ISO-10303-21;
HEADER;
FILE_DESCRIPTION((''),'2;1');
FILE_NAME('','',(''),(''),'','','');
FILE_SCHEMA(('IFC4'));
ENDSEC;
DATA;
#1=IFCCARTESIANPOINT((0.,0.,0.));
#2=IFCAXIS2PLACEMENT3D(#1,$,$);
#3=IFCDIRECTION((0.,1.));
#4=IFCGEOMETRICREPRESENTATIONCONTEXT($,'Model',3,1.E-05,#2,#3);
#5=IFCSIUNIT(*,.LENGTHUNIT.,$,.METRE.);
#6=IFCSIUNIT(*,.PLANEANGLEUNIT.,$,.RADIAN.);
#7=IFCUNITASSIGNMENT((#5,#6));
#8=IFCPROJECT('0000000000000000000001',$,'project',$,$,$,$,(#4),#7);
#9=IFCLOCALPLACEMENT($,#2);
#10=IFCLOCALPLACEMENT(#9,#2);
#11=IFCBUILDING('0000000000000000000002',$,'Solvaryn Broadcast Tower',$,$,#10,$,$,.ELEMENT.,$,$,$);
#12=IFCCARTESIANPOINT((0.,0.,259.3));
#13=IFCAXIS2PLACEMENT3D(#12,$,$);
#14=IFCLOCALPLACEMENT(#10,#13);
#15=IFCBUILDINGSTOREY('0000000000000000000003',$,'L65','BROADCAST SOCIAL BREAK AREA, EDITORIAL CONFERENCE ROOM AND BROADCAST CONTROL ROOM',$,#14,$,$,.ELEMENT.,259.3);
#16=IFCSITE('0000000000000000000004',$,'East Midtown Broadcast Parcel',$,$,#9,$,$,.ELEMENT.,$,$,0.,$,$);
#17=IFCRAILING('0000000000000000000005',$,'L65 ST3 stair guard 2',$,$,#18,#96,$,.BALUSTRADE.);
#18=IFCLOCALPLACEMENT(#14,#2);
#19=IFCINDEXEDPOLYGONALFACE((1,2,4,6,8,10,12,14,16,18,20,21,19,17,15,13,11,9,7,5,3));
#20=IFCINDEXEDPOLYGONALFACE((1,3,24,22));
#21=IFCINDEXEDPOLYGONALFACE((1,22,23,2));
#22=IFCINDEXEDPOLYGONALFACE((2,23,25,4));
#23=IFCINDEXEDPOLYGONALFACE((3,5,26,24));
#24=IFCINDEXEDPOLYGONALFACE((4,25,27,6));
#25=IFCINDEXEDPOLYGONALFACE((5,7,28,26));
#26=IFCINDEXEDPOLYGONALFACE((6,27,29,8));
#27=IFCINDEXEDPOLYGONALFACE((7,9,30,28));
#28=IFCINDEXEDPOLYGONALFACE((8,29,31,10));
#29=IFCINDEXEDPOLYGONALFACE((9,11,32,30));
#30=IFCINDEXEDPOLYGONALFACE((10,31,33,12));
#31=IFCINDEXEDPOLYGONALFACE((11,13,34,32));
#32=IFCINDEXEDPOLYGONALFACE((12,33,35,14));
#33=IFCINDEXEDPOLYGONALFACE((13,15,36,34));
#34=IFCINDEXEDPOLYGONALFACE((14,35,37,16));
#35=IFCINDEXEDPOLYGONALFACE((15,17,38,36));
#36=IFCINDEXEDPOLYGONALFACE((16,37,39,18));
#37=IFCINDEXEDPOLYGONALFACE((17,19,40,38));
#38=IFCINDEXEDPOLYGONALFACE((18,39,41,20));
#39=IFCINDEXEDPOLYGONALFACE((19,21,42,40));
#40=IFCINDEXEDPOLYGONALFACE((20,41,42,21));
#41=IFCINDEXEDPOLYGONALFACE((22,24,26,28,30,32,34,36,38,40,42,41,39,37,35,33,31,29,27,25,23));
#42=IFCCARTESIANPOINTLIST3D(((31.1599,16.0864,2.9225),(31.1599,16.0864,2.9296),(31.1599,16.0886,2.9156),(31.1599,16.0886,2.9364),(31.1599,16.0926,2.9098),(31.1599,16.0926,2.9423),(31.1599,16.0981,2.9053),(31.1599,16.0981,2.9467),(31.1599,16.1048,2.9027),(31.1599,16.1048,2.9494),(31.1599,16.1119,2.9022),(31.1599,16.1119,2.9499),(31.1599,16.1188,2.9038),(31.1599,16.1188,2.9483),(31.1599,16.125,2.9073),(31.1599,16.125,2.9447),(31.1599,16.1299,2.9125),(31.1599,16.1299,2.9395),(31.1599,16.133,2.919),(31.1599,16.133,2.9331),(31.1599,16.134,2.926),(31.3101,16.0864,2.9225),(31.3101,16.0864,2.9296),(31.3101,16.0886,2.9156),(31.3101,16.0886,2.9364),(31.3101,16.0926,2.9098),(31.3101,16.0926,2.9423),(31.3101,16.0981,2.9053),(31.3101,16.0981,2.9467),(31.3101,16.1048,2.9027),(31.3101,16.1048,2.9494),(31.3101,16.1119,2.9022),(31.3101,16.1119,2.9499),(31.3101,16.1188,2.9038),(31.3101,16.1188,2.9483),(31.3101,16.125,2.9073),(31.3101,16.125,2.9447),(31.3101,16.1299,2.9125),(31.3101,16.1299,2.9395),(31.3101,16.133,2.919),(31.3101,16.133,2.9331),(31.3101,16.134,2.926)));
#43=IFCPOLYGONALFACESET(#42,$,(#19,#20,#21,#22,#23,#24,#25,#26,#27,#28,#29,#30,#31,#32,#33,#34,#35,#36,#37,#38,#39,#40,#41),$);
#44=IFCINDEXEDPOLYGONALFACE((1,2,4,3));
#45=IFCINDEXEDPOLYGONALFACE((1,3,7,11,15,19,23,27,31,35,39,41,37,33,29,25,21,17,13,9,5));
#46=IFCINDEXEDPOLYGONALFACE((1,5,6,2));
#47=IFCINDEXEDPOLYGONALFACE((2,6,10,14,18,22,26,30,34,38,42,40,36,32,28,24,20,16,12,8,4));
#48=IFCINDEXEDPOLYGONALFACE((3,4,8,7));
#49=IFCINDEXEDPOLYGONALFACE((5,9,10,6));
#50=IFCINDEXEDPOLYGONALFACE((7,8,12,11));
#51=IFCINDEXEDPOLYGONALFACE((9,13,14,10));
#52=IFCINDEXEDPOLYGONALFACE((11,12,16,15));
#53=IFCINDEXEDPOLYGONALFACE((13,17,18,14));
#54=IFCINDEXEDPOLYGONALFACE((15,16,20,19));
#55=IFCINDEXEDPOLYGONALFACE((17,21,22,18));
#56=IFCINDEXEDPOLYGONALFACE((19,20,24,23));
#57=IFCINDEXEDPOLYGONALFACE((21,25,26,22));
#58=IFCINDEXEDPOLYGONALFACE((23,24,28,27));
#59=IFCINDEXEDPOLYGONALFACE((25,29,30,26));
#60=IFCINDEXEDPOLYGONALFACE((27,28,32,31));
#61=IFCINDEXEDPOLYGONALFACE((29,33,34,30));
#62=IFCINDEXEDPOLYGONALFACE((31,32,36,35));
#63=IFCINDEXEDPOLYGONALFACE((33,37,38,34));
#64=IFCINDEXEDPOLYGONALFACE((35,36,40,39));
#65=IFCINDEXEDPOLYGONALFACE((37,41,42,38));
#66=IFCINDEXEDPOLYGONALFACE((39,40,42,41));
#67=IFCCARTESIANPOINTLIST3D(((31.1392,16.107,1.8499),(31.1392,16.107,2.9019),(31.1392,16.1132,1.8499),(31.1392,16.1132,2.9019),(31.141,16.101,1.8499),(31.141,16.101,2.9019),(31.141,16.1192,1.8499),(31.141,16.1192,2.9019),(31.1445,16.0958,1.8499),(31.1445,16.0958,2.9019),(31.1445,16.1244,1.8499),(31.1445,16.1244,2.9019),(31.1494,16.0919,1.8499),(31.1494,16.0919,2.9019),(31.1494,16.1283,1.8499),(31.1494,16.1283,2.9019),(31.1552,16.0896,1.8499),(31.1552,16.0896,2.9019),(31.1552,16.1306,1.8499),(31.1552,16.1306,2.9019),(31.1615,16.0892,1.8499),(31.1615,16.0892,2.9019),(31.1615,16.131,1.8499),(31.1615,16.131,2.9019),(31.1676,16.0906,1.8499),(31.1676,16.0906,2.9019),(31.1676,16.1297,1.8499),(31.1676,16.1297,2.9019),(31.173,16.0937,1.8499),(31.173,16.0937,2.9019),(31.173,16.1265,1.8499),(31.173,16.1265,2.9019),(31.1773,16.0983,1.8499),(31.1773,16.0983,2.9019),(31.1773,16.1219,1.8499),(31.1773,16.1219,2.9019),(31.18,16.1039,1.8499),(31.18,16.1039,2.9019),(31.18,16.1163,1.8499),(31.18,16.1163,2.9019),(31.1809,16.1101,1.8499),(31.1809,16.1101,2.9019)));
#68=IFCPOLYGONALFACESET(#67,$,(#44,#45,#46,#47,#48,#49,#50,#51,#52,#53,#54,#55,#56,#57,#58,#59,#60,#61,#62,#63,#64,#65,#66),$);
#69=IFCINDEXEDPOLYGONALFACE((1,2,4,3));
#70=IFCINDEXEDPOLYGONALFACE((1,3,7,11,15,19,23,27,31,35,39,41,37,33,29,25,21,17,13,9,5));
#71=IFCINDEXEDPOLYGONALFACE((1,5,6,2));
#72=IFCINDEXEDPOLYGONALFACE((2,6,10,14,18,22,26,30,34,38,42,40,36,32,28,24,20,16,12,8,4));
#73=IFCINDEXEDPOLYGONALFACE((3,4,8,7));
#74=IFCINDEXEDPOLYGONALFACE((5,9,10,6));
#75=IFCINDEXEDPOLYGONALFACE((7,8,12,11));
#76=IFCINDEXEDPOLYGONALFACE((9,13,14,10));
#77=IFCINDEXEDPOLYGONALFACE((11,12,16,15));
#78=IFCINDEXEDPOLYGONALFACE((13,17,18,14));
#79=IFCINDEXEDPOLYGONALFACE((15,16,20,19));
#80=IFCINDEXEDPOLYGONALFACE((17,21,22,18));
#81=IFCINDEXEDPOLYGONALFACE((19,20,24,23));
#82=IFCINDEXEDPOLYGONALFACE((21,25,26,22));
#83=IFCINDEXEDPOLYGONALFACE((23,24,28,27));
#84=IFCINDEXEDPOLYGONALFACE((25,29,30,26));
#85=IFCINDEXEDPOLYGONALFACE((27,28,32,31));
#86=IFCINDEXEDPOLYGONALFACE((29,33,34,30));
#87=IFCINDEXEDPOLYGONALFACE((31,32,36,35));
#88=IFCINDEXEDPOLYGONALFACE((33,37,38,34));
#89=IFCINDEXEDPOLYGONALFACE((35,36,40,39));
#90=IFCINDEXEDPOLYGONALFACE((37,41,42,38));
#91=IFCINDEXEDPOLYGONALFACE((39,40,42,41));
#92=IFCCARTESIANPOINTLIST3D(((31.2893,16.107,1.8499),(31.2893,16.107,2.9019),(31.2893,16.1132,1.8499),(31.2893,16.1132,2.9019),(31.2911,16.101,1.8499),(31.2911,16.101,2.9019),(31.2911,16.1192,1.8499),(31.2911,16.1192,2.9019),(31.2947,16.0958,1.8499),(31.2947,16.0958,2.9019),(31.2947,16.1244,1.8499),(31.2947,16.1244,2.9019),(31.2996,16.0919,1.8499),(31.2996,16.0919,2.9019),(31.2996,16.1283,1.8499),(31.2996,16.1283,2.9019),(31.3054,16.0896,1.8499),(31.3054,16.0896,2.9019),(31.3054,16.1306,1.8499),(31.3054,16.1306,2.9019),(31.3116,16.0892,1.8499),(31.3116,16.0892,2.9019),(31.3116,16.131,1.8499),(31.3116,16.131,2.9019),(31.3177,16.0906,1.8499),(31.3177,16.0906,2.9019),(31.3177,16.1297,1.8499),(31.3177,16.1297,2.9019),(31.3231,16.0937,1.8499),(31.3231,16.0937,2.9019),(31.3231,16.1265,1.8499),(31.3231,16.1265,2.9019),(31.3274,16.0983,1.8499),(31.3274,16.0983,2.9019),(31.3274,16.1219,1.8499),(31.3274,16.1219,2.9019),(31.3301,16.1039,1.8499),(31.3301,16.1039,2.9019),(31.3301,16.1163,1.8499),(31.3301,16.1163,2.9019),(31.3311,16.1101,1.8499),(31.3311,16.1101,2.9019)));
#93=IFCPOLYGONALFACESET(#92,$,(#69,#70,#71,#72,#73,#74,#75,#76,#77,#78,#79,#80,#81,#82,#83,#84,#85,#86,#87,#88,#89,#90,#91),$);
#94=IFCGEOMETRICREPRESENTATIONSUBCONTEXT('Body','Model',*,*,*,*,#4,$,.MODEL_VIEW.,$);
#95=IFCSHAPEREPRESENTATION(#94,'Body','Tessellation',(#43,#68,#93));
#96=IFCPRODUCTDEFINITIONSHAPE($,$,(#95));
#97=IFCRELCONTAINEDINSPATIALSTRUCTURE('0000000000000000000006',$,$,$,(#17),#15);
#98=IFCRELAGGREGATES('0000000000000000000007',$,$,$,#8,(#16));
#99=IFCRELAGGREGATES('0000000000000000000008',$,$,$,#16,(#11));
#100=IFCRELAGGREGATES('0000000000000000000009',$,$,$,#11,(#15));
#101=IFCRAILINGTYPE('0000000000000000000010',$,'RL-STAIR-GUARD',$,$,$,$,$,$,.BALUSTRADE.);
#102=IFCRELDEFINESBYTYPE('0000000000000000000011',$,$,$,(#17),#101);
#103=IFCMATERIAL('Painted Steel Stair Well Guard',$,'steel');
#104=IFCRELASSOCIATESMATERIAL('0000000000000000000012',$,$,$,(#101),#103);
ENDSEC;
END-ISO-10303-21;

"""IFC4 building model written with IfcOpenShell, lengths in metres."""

from ifc_helpers import new_model, si_unit, direction, frame, origin, origin_2d, place, context, subcontext, project, spatial, circle, extrude, material, type_object, element, save


model = new_model("IFC4")

# Units and contexts
model_context = context("Model", 3, precision=1e-05, world=origin(), true_north=direction((0.0, 1.0)))
body_context = subcontext(model_context, "Body", "Model", "MODEL_VIEW")
ifc_project = project(units=[si_unit("LENGTHUNIT", "METRE"), si_unit("PLANEANGLEUNIT", "RADIAN")], contexts=[model_context])

# Site, building, storey
site_placement = place(None, origin())
site = spatial("IfcSite", under=ifc_project, at=site_placement, Name="East Midtown Broadcast Parcel", CompositionType="ELEMENT", RefElevation=0.0)
building_placement = place(site_placement, origin())
building = spatial("IfcBuilding", under=site, at=building_placement, Name="Solvaryn Broadcast Tower", CompositionType="ELEMENT")
storey_placement = place(building_placement, frame((0.0, 0.0, 259.3)))
storey = spatial("IfcBuildingStorey", under=building, at=storey_placement, Name="L65", Description="BROADCAST SOCIAL BREAK AREA, EDITORIAL CONFERENCE ROOM AND BROADCAST CONTROL ROOM", CompositionType="ELEMENT", Elevation=259.3)

# Railing
ifc_material_1 = material(Name="Painted Steel Stair Well Guard", Category="steel")
railing_type_1 = type_object("IfcRailingType", Name="RL-STAIR-GUARD", PredefinedType="BALUSTRADE", material=ifc_material_1)
railing_1_placement = place(storey_placement, frame((31.1599, 16.1101, 1.8499)))
element("IfcRailing", 1, at=railing_1_placement, inside=storey, type_object=railing_type_1, Name="L65 ST3 stair guard 2", PredefinedType="BALUSTRADE", context=body_context, shape_type="SweptSolid", body=[
    extrude(circle(Radius=0.0239, at=origin_2d()), frame((0.0, 0.0, 1.0762), z_axis=(1.0, 0.0, 0.0), x_axis=(0.0, 1.0, 0.0)), (0.0, 0.0, 1.0), 0.1501),
    extrude(circle(Radius=0.021, at=origin_2d()), origin(), (0.0, 0.0, 1.0), 1.052),
    extrude(circle(Radius=0.021, at=origin_2d()), frame((0.1501, 0.0, 0.0)), (0.0, 0.0, 1.0), 1.052),
])

save(model, "model.ifc")
